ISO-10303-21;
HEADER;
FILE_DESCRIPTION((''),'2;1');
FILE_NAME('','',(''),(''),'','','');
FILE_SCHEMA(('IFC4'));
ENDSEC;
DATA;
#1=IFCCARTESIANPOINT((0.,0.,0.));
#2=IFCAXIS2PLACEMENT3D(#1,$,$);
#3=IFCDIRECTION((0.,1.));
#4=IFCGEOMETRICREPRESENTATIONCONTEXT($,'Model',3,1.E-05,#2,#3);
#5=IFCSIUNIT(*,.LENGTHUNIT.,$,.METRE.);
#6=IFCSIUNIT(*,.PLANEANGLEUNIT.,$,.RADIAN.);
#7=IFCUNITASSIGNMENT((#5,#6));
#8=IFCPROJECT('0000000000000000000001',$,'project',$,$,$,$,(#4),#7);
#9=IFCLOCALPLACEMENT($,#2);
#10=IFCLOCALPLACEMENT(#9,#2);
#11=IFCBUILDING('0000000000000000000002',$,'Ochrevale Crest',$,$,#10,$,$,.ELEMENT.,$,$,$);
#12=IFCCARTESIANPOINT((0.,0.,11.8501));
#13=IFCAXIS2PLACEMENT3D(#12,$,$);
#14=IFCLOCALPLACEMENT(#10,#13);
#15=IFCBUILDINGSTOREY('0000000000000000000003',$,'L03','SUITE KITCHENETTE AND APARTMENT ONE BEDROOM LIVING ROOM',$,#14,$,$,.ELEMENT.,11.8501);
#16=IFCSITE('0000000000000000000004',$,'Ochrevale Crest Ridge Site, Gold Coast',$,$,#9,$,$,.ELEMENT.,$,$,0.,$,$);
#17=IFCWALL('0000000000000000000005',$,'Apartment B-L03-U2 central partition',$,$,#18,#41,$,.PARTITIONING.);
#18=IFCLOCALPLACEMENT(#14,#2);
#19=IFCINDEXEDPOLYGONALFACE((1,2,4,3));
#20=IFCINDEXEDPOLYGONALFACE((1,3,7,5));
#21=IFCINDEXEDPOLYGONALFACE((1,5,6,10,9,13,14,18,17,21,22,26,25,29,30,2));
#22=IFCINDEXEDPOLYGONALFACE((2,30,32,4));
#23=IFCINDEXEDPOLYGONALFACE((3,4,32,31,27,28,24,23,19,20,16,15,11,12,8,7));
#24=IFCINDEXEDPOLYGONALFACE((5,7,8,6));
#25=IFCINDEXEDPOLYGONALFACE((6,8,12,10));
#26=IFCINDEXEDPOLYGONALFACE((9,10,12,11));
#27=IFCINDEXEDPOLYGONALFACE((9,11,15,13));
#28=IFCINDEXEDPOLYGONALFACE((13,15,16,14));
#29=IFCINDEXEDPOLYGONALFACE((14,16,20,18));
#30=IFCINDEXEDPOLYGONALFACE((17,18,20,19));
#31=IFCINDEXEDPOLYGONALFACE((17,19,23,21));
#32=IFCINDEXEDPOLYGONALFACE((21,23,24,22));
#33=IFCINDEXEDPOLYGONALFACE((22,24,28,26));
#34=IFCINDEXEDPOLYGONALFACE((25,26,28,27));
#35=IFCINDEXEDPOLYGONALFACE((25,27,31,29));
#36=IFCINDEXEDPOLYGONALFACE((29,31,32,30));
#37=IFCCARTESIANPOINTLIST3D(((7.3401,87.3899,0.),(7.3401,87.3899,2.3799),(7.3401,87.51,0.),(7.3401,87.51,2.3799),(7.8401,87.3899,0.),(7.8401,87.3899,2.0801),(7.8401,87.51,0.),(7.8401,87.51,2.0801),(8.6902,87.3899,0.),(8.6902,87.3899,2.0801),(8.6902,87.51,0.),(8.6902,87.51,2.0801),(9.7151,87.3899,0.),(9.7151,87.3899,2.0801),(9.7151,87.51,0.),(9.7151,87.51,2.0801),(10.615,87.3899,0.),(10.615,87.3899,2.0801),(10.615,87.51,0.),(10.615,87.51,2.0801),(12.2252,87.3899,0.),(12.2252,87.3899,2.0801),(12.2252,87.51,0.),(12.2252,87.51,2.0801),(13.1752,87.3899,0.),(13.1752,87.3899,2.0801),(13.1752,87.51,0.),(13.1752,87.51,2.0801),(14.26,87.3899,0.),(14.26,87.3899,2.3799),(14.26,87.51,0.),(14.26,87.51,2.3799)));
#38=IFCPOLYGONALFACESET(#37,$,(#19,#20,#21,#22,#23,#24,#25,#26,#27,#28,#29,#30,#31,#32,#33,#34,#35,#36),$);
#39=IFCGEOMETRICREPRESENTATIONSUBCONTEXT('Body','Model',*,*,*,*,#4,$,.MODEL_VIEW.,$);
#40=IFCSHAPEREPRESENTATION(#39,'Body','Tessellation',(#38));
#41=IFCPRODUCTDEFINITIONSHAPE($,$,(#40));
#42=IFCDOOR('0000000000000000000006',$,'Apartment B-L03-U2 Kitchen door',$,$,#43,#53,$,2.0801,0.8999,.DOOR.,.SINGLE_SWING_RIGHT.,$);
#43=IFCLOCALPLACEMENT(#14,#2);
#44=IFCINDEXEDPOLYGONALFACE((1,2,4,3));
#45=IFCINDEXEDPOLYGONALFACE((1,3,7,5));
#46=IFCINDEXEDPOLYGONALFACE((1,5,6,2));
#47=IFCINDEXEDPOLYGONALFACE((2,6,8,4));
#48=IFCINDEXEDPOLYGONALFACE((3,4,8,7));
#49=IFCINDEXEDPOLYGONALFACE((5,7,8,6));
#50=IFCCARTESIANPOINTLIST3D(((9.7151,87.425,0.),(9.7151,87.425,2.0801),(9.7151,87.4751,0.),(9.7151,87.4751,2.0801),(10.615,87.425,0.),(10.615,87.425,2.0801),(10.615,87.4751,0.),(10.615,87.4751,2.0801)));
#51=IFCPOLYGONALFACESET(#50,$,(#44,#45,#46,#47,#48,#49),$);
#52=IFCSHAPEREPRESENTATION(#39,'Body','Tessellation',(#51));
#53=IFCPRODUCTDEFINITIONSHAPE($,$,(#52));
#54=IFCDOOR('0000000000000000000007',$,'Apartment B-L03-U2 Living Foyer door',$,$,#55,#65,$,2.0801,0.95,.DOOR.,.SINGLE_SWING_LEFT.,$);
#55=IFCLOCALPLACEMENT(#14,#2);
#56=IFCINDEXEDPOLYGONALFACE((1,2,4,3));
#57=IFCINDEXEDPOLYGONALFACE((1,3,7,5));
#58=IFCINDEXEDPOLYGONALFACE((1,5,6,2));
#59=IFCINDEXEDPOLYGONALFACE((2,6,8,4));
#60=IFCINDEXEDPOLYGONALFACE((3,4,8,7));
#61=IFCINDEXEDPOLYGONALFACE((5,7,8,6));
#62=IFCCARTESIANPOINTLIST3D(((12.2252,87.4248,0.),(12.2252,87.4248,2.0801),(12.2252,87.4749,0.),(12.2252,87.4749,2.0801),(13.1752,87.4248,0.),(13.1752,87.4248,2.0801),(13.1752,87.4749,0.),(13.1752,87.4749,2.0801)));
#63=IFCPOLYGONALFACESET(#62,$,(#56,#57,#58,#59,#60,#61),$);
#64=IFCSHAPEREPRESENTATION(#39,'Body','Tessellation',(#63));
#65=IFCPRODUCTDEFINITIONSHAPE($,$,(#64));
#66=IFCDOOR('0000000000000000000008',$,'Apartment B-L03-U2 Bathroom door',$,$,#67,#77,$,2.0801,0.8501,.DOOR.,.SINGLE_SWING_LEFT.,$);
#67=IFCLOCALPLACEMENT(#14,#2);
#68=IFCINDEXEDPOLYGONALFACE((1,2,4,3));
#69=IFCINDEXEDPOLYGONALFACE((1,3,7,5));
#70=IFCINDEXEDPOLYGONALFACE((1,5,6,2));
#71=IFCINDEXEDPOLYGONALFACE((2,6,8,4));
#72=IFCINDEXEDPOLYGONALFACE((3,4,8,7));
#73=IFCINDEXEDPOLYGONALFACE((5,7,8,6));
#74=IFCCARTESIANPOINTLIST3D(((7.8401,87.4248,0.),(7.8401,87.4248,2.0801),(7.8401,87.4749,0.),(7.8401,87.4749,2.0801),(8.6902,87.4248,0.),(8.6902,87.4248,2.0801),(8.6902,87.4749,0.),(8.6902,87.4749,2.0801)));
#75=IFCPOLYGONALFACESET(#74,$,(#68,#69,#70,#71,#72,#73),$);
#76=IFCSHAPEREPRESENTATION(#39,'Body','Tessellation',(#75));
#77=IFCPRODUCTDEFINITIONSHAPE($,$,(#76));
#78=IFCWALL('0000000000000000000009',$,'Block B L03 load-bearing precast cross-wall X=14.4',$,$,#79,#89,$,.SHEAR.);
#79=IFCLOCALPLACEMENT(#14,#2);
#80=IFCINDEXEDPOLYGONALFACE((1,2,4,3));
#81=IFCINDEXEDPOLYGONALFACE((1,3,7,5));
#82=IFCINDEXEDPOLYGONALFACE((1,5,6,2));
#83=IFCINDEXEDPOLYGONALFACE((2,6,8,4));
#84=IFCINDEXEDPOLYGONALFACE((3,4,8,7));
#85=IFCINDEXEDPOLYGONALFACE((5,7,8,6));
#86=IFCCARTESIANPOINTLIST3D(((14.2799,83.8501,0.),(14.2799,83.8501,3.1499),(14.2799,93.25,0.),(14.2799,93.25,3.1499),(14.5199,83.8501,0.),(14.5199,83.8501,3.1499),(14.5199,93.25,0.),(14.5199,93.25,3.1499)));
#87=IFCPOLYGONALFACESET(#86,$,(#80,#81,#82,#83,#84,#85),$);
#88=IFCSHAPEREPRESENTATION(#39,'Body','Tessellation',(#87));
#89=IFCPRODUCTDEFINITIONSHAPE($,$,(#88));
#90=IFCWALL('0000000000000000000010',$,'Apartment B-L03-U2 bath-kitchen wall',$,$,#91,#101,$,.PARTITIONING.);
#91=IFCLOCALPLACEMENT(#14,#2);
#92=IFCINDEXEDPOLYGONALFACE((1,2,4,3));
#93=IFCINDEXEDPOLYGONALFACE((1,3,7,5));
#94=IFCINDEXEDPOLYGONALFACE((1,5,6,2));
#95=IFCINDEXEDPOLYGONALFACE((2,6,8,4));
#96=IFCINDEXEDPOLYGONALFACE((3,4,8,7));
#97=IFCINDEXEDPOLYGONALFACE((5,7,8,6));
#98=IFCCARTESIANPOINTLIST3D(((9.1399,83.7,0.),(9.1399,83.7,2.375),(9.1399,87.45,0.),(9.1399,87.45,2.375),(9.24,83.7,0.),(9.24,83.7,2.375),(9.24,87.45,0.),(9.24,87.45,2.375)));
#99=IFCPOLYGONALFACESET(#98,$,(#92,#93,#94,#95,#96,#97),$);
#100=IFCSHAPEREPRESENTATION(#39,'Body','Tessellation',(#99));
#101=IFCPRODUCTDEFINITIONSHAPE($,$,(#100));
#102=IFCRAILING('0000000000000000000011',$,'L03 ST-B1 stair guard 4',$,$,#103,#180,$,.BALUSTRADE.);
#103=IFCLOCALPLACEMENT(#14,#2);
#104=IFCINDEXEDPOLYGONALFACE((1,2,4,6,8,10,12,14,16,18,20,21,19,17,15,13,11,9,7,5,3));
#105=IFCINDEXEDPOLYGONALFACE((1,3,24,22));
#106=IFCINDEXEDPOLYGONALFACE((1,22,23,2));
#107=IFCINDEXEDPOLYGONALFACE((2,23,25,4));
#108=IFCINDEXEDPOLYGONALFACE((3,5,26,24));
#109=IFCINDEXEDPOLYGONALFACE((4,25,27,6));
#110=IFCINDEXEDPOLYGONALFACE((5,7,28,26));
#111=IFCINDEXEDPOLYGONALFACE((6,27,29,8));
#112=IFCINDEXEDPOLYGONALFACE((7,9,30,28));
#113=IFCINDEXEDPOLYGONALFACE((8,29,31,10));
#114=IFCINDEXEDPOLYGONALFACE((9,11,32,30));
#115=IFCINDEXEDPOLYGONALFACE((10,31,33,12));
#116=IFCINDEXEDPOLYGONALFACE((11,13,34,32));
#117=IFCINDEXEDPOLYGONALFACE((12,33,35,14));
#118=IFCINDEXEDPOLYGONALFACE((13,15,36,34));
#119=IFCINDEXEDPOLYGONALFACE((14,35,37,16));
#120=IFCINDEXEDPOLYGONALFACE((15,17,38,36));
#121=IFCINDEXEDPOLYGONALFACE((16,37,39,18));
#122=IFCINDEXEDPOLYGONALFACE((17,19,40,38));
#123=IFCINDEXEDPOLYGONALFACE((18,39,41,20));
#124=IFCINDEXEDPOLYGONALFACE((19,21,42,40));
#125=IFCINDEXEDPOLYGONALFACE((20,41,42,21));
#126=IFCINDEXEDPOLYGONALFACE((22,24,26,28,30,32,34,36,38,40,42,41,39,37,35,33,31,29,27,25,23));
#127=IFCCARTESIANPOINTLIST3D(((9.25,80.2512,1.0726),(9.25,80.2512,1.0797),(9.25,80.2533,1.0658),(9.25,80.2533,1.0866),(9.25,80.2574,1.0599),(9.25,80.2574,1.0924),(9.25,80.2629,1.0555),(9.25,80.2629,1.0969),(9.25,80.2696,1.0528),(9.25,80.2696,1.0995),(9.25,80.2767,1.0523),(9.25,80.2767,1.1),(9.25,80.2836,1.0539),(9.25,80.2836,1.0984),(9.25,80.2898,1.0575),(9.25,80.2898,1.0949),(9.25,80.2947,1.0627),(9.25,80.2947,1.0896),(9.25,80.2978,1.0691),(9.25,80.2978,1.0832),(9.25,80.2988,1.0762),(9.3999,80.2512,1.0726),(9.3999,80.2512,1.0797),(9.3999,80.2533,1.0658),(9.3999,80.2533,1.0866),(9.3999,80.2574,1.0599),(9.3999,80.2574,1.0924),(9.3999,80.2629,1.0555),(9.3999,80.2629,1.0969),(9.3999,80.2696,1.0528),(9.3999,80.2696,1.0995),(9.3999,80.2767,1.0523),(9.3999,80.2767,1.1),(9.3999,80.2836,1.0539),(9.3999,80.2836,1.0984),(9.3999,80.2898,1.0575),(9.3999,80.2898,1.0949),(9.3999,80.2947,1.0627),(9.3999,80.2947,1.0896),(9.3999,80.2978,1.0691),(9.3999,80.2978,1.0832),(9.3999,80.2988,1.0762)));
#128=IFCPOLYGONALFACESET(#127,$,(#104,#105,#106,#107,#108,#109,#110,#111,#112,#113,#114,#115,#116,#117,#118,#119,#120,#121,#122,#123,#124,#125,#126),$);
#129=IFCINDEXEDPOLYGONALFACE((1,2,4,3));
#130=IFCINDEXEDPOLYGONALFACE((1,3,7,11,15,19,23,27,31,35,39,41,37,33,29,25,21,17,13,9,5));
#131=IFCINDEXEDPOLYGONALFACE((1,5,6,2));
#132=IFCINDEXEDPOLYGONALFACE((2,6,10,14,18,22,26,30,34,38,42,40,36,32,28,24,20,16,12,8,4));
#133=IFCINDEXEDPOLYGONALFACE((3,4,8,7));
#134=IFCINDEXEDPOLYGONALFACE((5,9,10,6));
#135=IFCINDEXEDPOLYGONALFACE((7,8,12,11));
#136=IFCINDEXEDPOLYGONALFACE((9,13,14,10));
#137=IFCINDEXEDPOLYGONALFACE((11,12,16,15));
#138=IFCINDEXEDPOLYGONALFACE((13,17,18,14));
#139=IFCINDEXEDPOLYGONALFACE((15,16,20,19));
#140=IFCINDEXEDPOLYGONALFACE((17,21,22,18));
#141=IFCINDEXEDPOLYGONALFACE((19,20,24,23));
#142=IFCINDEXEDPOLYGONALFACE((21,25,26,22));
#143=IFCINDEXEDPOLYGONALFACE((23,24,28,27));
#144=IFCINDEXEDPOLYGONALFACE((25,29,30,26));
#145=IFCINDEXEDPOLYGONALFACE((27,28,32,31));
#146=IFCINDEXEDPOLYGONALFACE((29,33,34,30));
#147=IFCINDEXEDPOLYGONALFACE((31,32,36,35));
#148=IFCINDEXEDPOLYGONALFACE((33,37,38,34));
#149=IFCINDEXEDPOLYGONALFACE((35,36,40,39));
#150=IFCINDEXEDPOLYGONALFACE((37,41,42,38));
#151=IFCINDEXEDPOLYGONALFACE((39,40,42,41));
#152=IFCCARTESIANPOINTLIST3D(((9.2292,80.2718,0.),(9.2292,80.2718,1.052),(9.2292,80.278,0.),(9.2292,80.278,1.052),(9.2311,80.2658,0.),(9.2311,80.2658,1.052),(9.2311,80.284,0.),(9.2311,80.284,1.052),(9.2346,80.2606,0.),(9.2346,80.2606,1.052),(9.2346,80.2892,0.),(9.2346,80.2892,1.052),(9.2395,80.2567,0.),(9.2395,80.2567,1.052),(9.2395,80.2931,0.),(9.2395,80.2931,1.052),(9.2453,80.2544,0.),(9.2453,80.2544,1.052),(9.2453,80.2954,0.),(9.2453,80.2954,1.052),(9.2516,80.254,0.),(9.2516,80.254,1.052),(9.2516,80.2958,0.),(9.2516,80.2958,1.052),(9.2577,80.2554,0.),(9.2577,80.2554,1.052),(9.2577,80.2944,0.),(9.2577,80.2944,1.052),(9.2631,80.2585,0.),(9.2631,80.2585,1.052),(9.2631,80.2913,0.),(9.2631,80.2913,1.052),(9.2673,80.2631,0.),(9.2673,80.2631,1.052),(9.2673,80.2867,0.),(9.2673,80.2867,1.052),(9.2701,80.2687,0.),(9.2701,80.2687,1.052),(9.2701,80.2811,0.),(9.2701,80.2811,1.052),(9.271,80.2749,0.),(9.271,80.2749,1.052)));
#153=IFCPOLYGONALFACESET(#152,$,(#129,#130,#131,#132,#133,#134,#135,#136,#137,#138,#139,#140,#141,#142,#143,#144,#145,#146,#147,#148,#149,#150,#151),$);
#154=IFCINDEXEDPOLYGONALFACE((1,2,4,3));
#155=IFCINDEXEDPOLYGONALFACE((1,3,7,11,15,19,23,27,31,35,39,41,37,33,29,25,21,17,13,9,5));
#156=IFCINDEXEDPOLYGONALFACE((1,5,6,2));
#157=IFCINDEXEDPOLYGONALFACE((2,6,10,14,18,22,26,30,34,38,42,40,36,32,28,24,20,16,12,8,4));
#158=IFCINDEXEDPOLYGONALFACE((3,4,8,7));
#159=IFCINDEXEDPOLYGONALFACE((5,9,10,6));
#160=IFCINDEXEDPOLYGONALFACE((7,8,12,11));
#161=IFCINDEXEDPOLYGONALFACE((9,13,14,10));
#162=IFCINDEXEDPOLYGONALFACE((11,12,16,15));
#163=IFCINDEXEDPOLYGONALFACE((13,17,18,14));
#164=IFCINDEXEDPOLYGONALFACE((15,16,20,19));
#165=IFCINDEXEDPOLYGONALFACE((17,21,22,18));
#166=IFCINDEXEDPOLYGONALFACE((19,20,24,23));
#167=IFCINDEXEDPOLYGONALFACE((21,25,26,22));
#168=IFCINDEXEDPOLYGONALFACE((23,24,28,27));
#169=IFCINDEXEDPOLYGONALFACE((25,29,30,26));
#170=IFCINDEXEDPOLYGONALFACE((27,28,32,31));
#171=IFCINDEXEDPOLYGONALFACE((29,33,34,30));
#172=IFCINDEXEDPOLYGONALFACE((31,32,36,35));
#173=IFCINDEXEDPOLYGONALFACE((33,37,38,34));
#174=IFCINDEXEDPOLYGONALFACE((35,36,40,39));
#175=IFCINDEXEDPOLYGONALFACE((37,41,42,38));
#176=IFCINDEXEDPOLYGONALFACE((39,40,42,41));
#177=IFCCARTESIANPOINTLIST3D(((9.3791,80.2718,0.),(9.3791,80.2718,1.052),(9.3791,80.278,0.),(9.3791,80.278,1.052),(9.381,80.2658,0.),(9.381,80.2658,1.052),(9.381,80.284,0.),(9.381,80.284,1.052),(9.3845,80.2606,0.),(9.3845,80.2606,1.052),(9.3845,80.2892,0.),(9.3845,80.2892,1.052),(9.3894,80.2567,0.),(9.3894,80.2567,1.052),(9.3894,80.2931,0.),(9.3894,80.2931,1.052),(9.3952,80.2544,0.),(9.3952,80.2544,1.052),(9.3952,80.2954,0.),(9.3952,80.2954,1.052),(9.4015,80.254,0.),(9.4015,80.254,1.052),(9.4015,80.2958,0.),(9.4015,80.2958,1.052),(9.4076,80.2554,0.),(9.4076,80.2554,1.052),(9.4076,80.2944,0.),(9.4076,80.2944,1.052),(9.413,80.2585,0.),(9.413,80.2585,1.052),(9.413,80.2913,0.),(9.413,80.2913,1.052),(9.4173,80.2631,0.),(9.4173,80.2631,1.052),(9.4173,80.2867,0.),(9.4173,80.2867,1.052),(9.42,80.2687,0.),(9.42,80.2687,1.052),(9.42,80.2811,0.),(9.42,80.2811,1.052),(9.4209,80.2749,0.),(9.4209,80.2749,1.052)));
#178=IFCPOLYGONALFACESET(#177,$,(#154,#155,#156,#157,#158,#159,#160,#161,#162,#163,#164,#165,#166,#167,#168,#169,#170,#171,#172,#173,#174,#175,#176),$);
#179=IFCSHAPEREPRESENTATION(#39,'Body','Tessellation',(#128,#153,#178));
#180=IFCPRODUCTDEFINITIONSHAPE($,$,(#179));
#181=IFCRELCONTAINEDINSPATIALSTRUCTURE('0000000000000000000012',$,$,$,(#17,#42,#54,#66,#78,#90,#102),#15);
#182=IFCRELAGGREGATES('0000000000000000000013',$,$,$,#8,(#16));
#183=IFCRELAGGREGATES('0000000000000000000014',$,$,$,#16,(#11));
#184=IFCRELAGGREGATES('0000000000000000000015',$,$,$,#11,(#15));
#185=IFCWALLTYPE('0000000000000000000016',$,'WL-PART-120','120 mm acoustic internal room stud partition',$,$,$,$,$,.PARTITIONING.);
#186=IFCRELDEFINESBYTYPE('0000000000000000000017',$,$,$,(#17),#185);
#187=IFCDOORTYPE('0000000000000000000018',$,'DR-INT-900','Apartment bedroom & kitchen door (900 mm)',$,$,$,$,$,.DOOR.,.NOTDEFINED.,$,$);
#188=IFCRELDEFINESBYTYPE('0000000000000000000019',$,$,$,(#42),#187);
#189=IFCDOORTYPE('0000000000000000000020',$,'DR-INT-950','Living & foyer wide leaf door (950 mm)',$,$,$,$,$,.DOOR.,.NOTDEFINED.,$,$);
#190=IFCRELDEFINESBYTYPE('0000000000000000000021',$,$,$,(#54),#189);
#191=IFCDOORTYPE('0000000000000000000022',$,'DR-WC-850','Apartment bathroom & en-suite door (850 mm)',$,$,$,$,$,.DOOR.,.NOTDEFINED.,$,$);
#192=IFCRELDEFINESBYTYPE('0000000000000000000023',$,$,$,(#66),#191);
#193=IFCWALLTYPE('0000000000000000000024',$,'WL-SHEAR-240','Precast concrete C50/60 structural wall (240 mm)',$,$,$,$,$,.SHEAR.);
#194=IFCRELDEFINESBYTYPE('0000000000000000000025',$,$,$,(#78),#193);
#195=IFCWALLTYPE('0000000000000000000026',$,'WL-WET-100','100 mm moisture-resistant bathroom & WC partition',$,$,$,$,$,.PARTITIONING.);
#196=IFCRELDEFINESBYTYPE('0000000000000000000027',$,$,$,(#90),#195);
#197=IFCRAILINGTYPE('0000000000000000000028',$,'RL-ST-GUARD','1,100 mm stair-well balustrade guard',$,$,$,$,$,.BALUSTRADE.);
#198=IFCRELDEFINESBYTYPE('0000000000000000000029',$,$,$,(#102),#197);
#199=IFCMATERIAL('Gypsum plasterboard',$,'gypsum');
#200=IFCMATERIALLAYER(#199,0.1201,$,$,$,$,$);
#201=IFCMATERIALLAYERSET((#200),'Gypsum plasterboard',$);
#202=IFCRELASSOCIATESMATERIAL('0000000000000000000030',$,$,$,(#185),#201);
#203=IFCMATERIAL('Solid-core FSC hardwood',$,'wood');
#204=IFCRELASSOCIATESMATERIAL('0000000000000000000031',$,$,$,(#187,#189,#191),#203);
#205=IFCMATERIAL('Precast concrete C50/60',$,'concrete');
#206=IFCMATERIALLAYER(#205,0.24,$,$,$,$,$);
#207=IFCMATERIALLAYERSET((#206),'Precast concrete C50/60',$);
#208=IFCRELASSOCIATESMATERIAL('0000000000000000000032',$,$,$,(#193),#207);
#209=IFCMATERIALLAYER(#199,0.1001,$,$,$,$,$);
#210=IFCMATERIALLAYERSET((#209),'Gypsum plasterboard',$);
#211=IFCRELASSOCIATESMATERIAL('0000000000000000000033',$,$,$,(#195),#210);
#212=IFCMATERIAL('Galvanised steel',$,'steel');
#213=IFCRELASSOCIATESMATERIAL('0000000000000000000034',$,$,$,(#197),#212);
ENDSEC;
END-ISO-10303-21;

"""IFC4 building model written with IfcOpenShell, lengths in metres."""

from ifc_helpers import new_model, si_unit, direction, frame, frame_2d, origin, origin_2d, place, context, subcontext, project, spatial, rectangle, circle, extrude, material, layer, layer_set, type_object, element, fill, save


model = new_model("IFC4")

# Units and contexts
model_context = context("Model", 3, precision=1e-05, world=origin(), true_north=direction((0.0, 1.0)))
body_context = subcontext(model_context, "Body", "Model", "MODEL_VIEW")
ifc_project = project(units=[si_unit("LENGTHUNIT", "METRE"), si_unit("PLANEANGLEUNIT", "RADIAN")], contexts=[model_context])

# Site, building, storey
site_placement = place(None, origin())
site = spatial("IfcSite", under=ifc_project, at=site_placement, Name="Ochrevale Crest Ridge Site, Gold Coast", CompositionType="ELEMENT", RefElevation=0.0)
building_placement = place(site_placement, origin())
building = spatial("IfcBuilding", under=site, at=building_placement, Name="Ochrevale Crest", CompositionType="ELEMENT")
storey_placement = place(building_placement, frame((0.0, 0.0, 11.8501)))
storey = spatial("IfcBuildingStorey", under=building, at=storey_placement, Name="L03", Description="SUITE KITCHENETTE AND APARTMENT ONE BEDROOM LIVING ROOM", CompositionType="ELEMENT", Elevation=11.8501)

# Shared definitions
ifc_material_1 = material(Name="Precast concrete C50/60", Category="concrete")

# Shared definitions
ifc_material_2 = material(Name="Gypsum plasterboard", Category="gypsum")
ifc_material_3 = material(Name="Solid-core FSC hardwood", Category="wood")

# Shared definitions
ifc_layer_1 = layer(ifc_material_2, 0.1201)
ifc_layer_set_1 = layer_set([ifc_layer_1], Name="Gypsum plasterboard")
wall_type_1 = type_object("IfcWallType", Name="WL-PART-120", Description="120 mm acoustic internal room stud partition", PredefinedType="PARTITIONING", material=ifc_layer_set_1)

# Wall, openings, doors
wall_1_placement = place(storey_placement, frame((7.3401, 87.45, 0.0), z_axis=(0.0, 0.0, 1.0), x_axis=(1.0, 0.0, 0.0)))
wall_1 = element("IfcWall", 1, at=wall_1_placement, inside=storey, type_object=wall_type_1, Name="Apartment B-L03-U2 central partition", PredefinedType="PARTITIONING", context=body_context, shape_type="SweptSolid", body=[
    extrude(rectangle(XDim=6.9199, YDim=0.1201, at=frame_2d((3.46, 0.0))), origin(), (0.0, 0.0, 1.0), 2.3799),
])
opening_1_placement = place(wall_1_placement, frame((0.5, 0.0, 0.0)))
opening_1 = element("IfcOpeningElement", 2, at=opening_1_placement, cuts=wall_1, PredefinedType="OPENING", context=body_context, shape_type="SweptSolid", body=[
    extrude(rectangle(XDim=0.8501, YDim=2.0801, at=frame_2d((0.425, 1.04))), frame((0.0, 0.0701, 0.0), z_axis=(0.0, -1.0, 0.0), x_axis=(1.0, 0.0, 0.0)), (0.0, 0.0, 1.0), 0.1401),
])
opening_2_placement = place(wall_1_placement, frame((3.2749, 0.0, 0.0), z_axis=(0.0, 0.0, 1.0), x_axis=(-1.0, 0.0, 0.0)))
opening_2 = element("IfcOpeningElement", 3, at=opening_2_placement, cuts=wall_1, PredefinedType="OPENING", context=body_context, shape_type="SweptSolid", body=[
    extrude(rectangle(XDim=0.8999, YDim=2.0801, at=frame_2d((0.45, 1.04))), frame((0.0, 0.0701, 0.0), z_axis=(0.0, -1.0, 0.0), x_axis=(1.0, 0.0, 0.0)), (0.0, 0.0, 1.0), 0.1401),
])
opening_3_placement = place(wall_1_placement, frame((4.885, 0.0, 0.0)))
opening_3 = element("IfcOpeningElement", 4, at=opening_3_placement, cuts=wall_1, PredefinedType="OPENING", context=body_context, shape_type="SweptSolid", body=[
    extrude(rectangle(XDim=0.95, YDim=2.0801, at=frame_2d((0.4751, 1.04))), frame((0.0, 0.0701, 0.0), z_axis=(0.0, -1.0, 0.0), x_axis=(1.0, 0.0, 0.0)), (0.0, 0.0, 1.0), 0.1401),
])
door_type_1 = type_object("IfcDoorType", Name="DR-INT-900", Description="Apartment bedroom & kitchen door (900 mm)", OperationType="NOTDEFINED", PredefinedType="DOOR", material=ifc_material_3)
door_1_placement = place(opening_2_placement, origin())
door_1 = element("IfcDoor", 5, at=door_1_placement, inside=storey, type_object=door_type_1, Name="Apartment B-L03-U2 Kitchen door", OperationType="SINGLE_SWING_RIGHT", OverallHeight=2.0801, OverallWidth=0.8999, PredefinedType="DOOR", context=body_context, shape_type="SweptSolid", body=[
    extrude(rectangle(XDim=0.8999, YDim=2.0801, at=frame_2d((0.45, 1.04))), frame((0.0, 0.0249, 0.0), z_axis=(0.0, -1.0, 0.0), x_axis=(1.0, 0.0, 0.0)), (0.0, 0.0, 1.0), 0.05),
])
fill(opening_2, door_1)
door_type_2 = type_object("IfcDoorType", Name="DR-INT-950", Description="Living & foyer wide leaf door (950 mm)", OperationType="NOTDEFINED", PredefinedType="DOOR", material=ifc_material_3)
door_2_placement = place(opening_3_placement, origin())
door_2 = element("IfcDoor", 6, at=door_2_placement, inside=storey, type_object=door_type_2, Name="Apartment B-L03-U2 Living Foyer door", OperationType="SINGLE_SWING_LEFT", OverallHeight=2.0801, OverallWidth=0.95, PredefinedType="DOOR", context=body_context, shape_type="SweptSolid", body=[
    extrude(rectangle(XDim=0.95, YDim=2.0801, at=frame_2d((0.4751, 1.04))), frame((0.0, 0.0249, 0.0), z_axis=(0.0, -1.0, 0.0), x_axis=(1.0, 0.0, 0.0)), (0.0, 0.0, 1.0), 0.05),
])
fill(opening_3, door_2)
door_type_3 = type_object("IfcDoorType", Name="DR-WC-850", Description="Apartment bathroom & en-suite door (850 mm)", OperationType="NOTDEFINED", PredefinedType="DOOR", material=ifc_material_3)
door_3_placement = place(opening_1_placement, origin())
door_3 = element("IfcDoor", 7, at=door_3_placement, inside=storey, type_object=door_type_3, Name="Apartment B-L03-U2 Bathroom door", OperationType="SINGLE_SWING_LEFT", OverallHeight=2.0801, OverallWidth=0.8501, PredefinedType="DOOR", context=body_context, shape_type="SweptSolid", body=[
    extrude(rectangle(XDim=0.8501, YDim=2.0801, at=frame_2d((0.425, 1.04))), frame((0.0, 0.0249, 0.0), z_axis=(0.0, -1.0, 0.0), x_axis=(1.0, 0.0, 0.0)), (0.0, 0.0, 1.0), 0.05),
])
fill(opening_1, door_3)

# Walls
ifc_layer_2 = layer(ifc_material_1, 0.24)
ifc_layer_set_2 = layer_set([ifc_layer_2], Name="Precast concrete C50/60")
wall_type_2 = type_object("IfcWallType", Name="WL-SHEAR-240", Description="Precast concrete C50/60 structural wall (240 mm)", PredefinedType="SHEAR", material=ifc_layer_set_2)
wall_2_placement = place(storey_placement, frame((14.3999, 83.8501, 0.0), z_axis=(0.0, 0.0, 1.0), x_axis=(0.0, 1.0, 0.0)))
element("IfcWall", 8, at=wall_2_placement, inside=storey, type_object=wall_type_2, Name="Block B L03 load-bearing precast cross-wall X=14.4", PredefinedType="SHEAR", context=body_context, shape_type="SweptSolid", body=[
    extrude(rectangle(XDim=9.3999, YDim=0.24, at=frame_2d((4.7, 0.0))), origin(), (0.0, 0.0, 1.0), 3.1499),
])
ifc_layer_3 = layer(ifc_material_2, 0.1001)
ifc_layer_set_3 = layer_set([ifc_layer_3], Name="Gypsum plasterboard")
wall_type_3 = type_object("IfcWallType", Name="WL-WET-100", Description="100 mm moisture-resistant bathroom & WC partition", PredefinedType="PARTITIONING", material=ifc_layer_set_3)
wall_3_placement = place(storey_placement, frame((9.1899, 83.7, 0.0), z_axis=(0.0, 0.0, 1.0), x_axis=(0.0, 1.0, 0.0)))
element("IfcWall", 9, at=wall_3_placement, inside=storey, type_object=wall_type_3, Name="Apartment B-L03-U2 bath-kitchen wall", PredefinedType="PARTITIONING", context=body_context, shape_type="SweptSolid", body=[
    extrude(rectangle(XDim=3.75, YDim=0.1001, at=frame_2d((1.875, 0.0))), origin(), (0.0, 0.0, 1.0), 2.375),
])

# Railing
ifc_material_4 = material(Name="Galvanised steel", Category="steel")
railing_type = type_object("IfcRailingType", Name="RL-ST-GUARD", Description="1,100 mm stair-well balustrade guard", PredefinedType="BALUSTRADE", material=ifc_material_4)
railing_placement = place(storey_placement, frame((9.25, 80.2749, 0.0)))
element("IfcRailing", 10, at=railing_placement, inside=storey, type_object=railing_type, Name="L03 ST-B1 stair guard 4", PredefinedType="BALUSTRADE", context=body_context, shape_type="SweptSolid", body=[
    extrude(circle(Radius=0.0239, at=origin_2d()), frame((0.0, 0.0, 1.0762), z_axis=(1.0, 0.0, 0.0), x_axis=(0.0, 1.0, 0.0)), (0.0, 0.0, 1.0), 0.1499),
    extrude(circle(Radius=0.021, at=origin_2d()), origin(), (0.0, 0.0, 1.0), 1.052),
    extrude(circle(Radius=0.021, at=origin_2d()), frame((0.1499, 0.0, 0.0)), (0.0, 0.0, 1.0), 1.052),
])

save(model, "model.ifc")
